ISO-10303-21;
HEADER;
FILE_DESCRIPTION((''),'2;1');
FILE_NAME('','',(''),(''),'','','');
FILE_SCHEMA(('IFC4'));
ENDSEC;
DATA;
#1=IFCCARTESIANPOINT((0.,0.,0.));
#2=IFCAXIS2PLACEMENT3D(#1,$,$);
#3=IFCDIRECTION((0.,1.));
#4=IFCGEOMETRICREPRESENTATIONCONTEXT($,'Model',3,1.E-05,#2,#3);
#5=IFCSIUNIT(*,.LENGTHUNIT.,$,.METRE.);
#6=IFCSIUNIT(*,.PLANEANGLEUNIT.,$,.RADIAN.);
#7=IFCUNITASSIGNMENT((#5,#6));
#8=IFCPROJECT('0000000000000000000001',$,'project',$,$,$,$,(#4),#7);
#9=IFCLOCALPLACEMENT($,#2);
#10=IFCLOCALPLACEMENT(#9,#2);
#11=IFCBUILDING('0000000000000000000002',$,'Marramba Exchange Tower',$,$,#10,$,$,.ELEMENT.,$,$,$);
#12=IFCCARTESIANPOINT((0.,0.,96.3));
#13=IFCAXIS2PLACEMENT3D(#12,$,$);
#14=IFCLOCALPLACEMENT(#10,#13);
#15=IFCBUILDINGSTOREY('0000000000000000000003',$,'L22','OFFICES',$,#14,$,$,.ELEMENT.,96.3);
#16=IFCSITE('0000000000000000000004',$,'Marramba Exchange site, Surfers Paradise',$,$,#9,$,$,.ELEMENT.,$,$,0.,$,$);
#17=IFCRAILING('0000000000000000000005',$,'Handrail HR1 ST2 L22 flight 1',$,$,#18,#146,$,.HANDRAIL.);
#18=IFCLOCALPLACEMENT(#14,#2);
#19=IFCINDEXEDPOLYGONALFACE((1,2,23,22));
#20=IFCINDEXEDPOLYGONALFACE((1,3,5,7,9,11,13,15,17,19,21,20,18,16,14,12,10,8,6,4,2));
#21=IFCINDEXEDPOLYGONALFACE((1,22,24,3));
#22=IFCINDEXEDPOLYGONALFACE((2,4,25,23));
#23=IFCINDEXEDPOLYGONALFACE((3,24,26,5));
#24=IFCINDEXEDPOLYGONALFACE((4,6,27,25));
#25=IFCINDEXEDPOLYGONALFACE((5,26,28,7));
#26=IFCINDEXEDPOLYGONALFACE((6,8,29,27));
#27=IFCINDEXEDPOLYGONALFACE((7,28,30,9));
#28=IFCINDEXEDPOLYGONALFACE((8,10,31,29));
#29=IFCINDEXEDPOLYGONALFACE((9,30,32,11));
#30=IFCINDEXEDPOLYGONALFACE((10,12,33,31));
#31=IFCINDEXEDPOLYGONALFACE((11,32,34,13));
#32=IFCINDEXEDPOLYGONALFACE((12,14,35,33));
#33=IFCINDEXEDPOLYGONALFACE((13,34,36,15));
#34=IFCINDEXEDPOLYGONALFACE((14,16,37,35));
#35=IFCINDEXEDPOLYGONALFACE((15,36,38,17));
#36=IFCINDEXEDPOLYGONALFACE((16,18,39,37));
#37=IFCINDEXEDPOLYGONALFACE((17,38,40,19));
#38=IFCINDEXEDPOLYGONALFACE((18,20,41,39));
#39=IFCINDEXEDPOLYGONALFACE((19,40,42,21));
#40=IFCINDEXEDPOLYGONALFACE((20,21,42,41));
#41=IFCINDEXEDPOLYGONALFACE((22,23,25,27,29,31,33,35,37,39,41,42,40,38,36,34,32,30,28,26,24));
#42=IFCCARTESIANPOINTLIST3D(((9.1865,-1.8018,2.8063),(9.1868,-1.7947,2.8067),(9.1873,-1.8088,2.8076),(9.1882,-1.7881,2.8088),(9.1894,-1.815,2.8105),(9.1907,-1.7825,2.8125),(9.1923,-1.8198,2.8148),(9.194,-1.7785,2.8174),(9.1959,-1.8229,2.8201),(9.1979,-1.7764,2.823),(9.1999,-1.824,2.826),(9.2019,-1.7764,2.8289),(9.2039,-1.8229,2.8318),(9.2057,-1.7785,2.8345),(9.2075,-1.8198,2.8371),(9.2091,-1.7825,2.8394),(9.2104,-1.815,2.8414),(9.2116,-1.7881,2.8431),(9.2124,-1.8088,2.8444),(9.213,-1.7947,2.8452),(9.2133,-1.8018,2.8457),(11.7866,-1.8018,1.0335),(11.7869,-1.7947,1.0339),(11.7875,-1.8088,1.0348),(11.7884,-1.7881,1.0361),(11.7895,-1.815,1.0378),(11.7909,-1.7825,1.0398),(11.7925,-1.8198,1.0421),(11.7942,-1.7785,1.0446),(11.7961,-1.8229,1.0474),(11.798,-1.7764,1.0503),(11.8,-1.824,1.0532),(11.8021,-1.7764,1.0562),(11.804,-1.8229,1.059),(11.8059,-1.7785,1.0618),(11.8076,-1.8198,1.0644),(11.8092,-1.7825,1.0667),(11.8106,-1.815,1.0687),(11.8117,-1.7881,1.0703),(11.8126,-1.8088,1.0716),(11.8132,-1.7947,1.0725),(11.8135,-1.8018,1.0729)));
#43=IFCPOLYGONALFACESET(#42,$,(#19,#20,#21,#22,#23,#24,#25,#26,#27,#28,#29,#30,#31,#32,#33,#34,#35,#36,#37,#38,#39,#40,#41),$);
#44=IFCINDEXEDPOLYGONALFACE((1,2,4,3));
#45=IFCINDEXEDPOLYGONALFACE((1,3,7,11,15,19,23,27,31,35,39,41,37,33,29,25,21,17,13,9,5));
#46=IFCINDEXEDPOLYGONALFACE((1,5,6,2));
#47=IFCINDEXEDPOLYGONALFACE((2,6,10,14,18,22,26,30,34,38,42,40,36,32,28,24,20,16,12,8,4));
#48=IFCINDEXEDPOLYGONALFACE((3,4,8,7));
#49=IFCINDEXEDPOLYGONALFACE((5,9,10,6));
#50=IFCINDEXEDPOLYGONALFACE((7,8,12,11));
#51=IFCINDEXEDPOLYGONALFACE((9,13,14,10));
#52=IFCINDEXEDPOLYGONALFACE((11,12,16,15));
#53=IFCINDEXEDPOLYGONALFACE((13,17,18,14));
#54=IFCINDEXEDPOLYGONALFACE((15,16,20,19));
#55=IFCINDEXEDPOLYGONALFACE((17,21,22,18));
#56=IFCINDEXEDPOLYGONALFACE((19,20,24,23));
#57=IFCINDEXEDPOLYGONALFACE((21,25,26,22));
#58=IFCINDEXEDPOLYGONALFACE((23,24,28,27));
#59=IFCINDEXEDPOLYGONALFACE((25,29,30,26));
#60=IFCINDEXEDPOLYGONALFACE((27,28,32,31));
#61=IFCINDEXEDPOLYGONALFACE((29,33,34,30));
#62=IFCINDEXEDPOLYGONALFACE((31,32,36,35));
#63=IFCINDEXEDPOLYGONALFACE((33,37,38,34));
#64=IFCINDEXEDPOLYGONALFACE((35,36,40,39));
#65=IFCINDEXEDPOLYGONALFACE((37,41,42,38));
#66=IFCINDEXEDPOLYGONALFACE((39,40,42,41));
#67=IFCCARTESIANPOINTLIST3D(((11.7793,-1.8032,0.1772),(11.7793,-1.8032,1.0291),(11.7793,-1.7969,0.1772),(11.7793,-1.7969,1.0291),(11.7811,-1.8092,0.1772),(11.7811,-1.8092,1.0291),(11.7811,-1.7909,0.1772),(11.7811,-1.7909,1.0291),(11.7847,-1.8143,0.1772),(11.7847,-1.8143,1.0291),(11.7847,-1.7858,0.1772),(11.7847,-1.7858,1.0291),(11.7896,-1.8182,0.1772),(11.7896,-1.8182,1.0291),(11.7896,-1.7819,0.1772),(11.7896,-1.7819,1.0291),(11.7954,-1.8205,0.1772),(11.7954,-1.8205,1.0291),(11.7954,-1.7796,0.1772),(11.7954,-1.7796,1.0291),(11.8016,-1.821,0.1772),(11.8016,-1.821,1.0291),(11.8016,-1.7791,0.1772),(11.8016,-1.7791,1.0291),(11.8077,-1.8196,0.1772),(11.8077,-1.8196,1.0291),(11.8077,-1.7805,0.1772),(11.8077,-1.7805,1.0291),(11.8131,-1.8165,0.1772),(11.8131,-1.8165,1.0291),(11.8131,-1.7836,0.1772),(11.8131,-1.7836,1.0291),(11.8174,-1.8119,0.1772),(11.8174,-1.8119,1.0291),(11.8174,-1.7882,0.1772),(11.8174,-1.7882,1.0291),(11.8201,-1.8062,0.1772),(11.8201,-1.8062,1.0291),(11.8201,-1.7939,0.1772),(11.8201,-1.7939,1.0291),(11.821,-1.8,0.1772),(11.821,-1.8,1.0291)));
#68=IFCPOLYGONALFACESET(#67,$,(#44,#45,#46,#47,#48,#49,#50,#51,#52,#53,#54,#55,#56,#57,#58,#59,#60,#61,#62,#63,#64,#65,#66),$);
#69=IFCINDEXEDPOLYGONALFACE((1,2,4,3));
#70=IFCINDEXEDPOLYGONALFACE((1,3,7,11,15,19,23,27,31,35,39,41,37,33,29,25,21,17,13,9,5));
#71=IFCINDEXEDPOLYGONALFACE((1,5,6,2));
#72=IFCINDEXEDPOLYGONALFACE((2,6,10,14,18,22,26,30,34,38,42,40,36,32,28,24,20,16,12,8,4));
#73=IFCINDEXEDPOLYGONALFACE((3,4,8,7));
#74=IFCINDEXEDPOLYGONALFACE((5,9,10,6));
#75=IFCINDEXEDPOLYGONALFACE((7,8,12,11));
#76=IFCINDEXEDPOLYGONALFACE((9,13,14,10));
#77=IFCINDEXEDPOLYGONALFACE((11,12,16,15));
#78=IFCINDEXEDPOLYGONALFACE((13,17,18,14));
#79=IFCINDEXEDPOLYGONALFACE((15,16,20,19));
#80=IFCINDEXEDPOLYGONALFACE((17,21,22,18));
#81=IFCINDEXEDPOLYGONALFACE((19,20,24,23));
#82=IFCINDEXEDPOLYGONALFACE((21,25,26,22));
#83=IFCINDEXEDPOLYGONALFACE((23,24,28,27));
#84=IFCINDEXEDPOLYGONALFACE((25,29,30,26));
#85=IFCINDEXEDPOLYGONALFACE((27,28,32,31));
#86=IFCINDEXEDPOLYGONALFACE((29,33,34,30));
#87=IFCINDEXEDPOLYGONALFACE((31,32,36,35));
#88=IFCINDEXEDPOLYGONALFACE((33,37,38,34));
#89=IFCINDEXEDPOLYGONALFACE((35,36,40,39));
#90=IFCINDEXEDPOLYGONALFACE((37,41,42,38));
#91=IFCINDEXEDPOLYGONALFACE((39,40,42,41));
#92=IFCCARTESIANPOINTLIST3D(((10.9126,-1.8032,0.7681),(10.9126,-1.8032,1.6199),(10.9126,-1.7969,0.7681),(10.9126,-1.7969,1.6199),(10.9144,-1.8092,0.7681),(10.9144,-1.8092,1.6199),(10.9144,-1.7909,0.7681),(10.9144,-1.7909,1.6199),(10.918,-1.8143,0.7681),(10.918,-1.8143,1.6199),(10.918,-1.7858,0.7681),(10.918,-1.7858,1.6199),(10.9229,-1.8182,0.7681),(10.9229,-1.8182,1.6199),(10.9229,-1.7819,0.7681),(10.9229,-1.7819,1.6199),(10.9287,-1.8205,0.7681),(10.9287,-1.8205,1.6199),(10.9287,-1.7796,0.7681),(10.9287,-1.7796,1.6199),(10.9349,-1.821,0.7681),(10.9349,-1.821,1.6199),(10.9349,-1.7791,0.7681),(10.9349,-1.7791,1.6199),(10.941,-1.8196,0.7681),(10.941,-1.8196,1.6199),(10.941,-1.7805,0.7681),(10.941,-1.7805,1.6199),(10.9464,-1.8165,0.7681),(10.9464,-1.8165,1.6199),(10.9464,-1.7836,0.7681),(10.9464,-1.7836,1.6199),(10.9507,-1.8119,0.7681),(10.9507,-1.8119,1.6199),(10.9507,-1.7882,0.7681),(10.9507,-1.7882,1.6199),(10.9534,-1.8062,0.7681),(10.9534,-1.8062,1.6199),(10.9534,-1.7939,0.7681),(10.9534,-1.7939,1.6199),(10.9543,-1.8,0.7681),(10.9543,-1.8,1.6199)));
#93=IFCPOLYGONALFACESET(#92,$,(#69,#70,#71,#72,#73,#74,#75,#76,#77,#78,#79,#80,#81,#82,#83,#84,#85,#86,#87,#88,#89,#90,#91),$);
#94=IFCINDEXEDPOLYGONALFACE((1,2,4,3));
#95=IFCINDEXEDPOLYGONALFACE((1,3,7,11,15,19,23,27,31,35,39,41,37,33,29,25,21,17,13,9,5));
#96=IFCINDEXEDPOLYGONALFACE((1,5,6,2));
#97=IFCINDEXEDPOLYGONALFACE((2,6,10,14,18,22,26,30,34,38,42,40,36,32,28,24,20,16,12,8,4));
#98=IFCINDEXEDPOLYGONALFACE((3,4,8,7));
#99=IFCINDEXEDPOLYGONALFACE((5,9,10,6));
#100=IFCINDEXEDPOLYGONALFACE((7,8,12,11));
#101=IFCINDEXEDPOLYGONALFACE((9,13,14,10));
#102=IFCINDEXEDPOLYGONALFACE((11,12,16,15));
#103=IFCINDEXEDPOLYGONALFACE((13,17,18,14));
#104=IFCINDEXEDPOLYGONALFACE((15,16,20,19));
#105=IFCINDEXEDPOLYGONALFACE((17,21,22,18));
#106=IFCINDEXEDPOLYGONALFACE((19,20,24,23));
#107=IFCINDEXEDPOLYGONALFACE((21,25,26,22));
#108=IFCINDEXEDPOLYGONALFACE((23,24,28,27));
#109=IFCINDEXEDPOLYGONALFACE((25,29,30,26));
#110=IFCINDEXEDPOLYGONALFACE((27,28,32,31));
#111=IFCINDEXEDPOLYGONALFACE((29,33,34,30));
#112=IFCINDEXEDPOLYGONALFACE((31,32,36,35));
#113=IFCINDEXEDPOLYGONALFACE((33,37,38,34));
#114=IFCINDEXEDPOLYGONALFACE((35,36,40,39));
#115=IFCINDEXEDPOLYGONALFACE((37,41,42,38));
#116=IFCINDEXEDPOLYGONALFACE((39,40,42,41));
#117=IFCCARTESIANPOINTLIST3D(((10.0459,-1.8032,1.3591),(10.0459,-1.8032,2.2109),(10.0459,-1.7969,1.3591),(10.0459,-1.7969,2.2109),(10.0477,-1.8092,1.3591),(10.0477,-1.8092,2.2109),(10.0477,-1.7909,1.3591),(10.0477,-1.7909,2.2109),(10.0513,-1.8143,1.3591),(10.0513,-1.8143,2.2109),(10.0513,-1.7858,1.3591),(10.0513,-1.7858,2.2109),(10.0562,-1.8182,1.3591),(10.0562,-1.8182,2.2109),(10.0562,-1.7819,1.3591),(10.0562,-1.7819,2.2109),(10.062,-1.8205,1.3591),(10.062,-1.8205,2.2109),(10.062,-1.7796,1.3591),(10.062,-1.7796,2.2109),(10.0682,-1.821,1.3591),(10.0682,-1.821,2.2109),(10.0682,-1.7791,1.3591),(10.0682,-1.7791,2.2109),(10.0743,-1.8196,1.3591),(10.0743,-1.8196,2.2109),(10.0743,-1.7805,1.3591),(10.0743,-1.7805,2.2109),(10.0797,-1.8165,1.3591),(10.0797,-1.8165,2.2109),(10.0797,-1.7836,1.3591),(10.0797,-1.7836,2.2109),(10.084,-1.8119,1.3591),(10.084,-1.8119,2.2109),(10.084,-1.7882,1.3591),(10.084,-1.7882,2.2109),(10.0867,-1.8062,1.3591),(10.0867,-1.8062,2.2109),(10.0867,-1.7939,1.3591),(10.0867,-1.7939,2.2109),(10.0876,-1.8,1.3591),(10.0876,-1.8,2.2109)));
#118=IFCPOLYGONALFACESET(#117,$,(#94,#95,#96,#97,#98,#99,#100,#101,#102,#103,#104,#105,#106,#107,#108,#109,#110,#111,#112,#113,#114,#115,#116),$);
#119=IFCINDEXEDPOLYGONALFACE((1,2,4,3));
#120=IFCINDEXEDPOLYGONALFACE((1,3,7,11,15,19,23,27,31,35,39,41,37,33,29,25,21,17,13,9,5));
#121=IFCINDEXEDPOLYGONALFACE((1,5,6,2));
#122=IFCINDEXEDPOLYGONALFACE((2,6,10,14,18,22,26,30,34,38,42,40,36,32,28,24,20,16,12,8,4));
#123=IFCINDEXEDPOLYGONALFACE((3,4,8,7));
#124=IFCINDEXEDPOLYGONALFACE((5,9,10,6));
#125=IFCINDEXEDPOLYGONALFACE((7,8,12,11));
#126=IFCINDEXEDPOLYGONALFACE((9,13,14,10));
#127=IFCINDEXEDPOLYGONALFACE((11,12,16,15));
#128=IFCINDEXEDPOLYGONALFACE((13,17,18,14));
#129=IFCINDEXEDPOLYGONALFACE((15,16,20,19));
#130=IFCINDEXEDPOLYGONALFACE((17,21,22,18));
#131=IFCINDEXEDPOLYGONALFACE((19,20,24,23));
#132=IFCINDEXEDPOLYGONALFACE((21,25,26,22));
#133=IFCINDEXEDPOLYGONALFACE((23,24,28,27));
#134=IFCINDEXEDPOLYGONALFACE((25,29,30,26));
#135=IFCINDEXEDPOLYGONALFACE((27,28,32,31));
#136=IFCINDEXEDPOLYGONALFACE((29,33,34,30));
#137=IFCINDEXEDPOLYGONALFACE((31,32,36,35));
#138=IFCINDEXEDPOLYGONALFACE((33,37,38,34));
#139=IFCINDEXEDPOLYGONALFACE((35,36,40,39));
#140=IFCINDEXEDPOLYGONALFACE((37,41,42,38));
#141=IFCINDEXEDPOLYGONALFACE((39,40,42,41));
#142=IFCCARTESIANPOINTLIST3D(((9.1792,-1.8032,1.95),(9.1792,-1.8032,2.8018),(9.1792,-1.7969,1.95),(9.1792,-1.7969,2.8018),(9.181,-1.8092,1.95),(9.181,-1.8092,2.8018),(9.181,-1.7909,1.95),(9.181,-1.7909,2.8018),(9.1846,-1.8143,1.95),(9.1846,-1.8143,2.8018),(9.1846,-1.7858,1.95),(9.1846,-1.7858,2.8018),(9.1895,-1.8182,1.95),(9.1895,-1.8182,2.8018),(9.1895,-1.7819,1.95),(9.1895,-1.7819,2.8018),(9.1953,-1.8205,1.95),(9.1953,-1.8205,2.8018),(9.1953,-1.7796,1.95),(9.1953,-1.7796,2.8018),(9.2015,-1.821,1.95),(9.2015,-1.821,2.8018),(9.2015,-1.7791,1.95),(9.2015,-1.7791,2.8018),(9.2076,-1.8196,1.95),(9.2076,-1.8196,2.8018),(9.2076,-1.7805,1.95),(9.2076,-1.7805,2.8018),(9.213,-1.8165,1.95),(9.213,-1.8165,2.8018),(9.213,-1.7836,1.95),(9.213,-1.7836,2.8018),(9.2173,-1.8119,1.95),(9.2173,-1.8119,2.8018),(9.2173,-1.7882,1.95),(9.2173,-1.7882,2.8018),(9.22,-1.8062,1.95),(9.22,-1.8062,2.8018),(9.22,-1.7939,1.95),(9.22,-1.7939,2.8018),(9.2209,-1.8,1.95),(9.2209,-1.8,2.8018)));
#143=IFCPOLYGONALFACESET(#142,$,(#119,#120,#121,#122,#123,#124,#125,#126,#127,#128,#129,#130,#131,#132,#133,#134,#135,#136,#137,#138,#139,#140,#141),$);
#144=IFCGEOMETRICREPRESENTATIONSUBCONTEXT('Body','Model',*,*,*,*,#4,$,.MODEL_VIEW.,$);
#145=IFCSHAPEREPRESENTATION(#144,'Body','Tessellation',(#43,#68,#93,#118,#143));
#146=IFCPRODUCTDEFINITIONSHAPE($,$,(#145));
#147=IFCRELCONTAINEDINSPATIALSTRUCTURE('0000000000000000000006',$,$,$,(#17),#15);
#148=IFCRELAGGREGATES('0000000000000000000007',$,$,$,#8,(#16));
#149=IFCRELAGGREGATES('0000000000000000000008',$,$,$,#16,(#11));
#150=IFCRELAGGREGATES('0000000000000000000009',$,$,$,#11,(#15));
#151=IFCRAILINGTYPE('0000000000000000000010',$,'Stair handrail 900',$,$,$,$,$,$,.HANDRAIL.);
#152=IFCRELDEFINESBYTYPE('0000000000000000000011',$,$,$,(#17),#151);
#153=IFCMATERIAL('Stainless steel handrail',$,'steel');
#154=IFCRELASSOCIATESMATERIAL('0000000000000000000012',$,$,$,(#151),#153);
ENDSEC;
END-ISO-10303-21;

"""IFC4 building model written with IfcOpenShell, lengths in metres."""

from ifc_helpers import new_model, si_unit, direction, frame, origin, origin_2d, place, context, subcontext, project, spatial, circle, extrude, material, type_object, element, save


model = new_model("IFC4")

# Units and contexts
model_context = context("Model", 3, precision=1e-05, world=origin(), true_north=direction((0.0, 1.0)))
body_context = subcontext(model_context, "Body", "Model", "MODEL_VIEW")
ifc_project = project(units=[si_unit("LENGTHUNIT", "METRE"), si_unit("PLANEANGLEUNIT", "RADIAN")], contexts=[model_context])

# Site, building, storey
site_placement = place(None, origin())
site = spatial("IfcSite", under=ifc_project, at=site_placement, Name="Marramba Exchange site, Surfers Paradise", CompositionType="ELEMENT", RefElevation=0.0)
building_placement = place(site_placement, origin())
building = spatial("IfcBuilding", under=site, at=building_placement, Name="Marramba Exchange Tower", CompositionType="ELEMENT")
storey_placement = place(building_placement, frame((0.0, 0.0, 96.3)))
storey = spatial("IfcBuildingStorey", under=building, at=storey_placement, Name="L22", Description="OFFICES", CompositionType="ELEMENT", Elevation=96.3)

# Railing
ifc_material_1 = material(Name="Stainless steel handrail", Category="steel")
railing_type = type_object("IfcRailingType", Name="Stair handrail 900", PredefinedType="HANDRAIL", material=ifc_material_1)
railing_placement = place(storey_placement, frame((11.8, -1.8, 0.1772)))
element("IfcRailing", 1, at=railing_placement, inside=storey, type_object=railing_type, Name="Handrail HR1 ST2 L22 flight 1", PredefinedType="HANDRAIL", context=body_context, shape_type="SweptSolid", body=[
    extrude(circle(Radius=0.0239, at=origin_2d()), frame((0.0, 0.0, 0.876), z_axis=(-0.82624, 0.0, 0.563318), x_axis=(0.0, -1.0, 0.0)), (0.0, 0.0, 1.0), 3.147),
    extrude(circle(Radius=0.021, at=origin_2d()), origin(), (0.0, 0.0, 1.0), 0.8518),
    extrude(circle(Radius=0.021, at=origin_2d()), frame((-0.8667, 0.0, 0.5908)), (0.0, 0.0, 1.0), 0.8518),
    extrude(circle(Radius=0.021, at=origin_2d()), frame((-1.7334, 0.0, 1.1819)), (0.0, 0.0, 1.0), 0.8518),
    extrude(circle(Radius=0.021, at=origin_2d()), frame((-2.6001, 0.0, 1.7727)), (0.0, 0.0, 1.0), 0.8518),
])

save(model, "model.ifc")
